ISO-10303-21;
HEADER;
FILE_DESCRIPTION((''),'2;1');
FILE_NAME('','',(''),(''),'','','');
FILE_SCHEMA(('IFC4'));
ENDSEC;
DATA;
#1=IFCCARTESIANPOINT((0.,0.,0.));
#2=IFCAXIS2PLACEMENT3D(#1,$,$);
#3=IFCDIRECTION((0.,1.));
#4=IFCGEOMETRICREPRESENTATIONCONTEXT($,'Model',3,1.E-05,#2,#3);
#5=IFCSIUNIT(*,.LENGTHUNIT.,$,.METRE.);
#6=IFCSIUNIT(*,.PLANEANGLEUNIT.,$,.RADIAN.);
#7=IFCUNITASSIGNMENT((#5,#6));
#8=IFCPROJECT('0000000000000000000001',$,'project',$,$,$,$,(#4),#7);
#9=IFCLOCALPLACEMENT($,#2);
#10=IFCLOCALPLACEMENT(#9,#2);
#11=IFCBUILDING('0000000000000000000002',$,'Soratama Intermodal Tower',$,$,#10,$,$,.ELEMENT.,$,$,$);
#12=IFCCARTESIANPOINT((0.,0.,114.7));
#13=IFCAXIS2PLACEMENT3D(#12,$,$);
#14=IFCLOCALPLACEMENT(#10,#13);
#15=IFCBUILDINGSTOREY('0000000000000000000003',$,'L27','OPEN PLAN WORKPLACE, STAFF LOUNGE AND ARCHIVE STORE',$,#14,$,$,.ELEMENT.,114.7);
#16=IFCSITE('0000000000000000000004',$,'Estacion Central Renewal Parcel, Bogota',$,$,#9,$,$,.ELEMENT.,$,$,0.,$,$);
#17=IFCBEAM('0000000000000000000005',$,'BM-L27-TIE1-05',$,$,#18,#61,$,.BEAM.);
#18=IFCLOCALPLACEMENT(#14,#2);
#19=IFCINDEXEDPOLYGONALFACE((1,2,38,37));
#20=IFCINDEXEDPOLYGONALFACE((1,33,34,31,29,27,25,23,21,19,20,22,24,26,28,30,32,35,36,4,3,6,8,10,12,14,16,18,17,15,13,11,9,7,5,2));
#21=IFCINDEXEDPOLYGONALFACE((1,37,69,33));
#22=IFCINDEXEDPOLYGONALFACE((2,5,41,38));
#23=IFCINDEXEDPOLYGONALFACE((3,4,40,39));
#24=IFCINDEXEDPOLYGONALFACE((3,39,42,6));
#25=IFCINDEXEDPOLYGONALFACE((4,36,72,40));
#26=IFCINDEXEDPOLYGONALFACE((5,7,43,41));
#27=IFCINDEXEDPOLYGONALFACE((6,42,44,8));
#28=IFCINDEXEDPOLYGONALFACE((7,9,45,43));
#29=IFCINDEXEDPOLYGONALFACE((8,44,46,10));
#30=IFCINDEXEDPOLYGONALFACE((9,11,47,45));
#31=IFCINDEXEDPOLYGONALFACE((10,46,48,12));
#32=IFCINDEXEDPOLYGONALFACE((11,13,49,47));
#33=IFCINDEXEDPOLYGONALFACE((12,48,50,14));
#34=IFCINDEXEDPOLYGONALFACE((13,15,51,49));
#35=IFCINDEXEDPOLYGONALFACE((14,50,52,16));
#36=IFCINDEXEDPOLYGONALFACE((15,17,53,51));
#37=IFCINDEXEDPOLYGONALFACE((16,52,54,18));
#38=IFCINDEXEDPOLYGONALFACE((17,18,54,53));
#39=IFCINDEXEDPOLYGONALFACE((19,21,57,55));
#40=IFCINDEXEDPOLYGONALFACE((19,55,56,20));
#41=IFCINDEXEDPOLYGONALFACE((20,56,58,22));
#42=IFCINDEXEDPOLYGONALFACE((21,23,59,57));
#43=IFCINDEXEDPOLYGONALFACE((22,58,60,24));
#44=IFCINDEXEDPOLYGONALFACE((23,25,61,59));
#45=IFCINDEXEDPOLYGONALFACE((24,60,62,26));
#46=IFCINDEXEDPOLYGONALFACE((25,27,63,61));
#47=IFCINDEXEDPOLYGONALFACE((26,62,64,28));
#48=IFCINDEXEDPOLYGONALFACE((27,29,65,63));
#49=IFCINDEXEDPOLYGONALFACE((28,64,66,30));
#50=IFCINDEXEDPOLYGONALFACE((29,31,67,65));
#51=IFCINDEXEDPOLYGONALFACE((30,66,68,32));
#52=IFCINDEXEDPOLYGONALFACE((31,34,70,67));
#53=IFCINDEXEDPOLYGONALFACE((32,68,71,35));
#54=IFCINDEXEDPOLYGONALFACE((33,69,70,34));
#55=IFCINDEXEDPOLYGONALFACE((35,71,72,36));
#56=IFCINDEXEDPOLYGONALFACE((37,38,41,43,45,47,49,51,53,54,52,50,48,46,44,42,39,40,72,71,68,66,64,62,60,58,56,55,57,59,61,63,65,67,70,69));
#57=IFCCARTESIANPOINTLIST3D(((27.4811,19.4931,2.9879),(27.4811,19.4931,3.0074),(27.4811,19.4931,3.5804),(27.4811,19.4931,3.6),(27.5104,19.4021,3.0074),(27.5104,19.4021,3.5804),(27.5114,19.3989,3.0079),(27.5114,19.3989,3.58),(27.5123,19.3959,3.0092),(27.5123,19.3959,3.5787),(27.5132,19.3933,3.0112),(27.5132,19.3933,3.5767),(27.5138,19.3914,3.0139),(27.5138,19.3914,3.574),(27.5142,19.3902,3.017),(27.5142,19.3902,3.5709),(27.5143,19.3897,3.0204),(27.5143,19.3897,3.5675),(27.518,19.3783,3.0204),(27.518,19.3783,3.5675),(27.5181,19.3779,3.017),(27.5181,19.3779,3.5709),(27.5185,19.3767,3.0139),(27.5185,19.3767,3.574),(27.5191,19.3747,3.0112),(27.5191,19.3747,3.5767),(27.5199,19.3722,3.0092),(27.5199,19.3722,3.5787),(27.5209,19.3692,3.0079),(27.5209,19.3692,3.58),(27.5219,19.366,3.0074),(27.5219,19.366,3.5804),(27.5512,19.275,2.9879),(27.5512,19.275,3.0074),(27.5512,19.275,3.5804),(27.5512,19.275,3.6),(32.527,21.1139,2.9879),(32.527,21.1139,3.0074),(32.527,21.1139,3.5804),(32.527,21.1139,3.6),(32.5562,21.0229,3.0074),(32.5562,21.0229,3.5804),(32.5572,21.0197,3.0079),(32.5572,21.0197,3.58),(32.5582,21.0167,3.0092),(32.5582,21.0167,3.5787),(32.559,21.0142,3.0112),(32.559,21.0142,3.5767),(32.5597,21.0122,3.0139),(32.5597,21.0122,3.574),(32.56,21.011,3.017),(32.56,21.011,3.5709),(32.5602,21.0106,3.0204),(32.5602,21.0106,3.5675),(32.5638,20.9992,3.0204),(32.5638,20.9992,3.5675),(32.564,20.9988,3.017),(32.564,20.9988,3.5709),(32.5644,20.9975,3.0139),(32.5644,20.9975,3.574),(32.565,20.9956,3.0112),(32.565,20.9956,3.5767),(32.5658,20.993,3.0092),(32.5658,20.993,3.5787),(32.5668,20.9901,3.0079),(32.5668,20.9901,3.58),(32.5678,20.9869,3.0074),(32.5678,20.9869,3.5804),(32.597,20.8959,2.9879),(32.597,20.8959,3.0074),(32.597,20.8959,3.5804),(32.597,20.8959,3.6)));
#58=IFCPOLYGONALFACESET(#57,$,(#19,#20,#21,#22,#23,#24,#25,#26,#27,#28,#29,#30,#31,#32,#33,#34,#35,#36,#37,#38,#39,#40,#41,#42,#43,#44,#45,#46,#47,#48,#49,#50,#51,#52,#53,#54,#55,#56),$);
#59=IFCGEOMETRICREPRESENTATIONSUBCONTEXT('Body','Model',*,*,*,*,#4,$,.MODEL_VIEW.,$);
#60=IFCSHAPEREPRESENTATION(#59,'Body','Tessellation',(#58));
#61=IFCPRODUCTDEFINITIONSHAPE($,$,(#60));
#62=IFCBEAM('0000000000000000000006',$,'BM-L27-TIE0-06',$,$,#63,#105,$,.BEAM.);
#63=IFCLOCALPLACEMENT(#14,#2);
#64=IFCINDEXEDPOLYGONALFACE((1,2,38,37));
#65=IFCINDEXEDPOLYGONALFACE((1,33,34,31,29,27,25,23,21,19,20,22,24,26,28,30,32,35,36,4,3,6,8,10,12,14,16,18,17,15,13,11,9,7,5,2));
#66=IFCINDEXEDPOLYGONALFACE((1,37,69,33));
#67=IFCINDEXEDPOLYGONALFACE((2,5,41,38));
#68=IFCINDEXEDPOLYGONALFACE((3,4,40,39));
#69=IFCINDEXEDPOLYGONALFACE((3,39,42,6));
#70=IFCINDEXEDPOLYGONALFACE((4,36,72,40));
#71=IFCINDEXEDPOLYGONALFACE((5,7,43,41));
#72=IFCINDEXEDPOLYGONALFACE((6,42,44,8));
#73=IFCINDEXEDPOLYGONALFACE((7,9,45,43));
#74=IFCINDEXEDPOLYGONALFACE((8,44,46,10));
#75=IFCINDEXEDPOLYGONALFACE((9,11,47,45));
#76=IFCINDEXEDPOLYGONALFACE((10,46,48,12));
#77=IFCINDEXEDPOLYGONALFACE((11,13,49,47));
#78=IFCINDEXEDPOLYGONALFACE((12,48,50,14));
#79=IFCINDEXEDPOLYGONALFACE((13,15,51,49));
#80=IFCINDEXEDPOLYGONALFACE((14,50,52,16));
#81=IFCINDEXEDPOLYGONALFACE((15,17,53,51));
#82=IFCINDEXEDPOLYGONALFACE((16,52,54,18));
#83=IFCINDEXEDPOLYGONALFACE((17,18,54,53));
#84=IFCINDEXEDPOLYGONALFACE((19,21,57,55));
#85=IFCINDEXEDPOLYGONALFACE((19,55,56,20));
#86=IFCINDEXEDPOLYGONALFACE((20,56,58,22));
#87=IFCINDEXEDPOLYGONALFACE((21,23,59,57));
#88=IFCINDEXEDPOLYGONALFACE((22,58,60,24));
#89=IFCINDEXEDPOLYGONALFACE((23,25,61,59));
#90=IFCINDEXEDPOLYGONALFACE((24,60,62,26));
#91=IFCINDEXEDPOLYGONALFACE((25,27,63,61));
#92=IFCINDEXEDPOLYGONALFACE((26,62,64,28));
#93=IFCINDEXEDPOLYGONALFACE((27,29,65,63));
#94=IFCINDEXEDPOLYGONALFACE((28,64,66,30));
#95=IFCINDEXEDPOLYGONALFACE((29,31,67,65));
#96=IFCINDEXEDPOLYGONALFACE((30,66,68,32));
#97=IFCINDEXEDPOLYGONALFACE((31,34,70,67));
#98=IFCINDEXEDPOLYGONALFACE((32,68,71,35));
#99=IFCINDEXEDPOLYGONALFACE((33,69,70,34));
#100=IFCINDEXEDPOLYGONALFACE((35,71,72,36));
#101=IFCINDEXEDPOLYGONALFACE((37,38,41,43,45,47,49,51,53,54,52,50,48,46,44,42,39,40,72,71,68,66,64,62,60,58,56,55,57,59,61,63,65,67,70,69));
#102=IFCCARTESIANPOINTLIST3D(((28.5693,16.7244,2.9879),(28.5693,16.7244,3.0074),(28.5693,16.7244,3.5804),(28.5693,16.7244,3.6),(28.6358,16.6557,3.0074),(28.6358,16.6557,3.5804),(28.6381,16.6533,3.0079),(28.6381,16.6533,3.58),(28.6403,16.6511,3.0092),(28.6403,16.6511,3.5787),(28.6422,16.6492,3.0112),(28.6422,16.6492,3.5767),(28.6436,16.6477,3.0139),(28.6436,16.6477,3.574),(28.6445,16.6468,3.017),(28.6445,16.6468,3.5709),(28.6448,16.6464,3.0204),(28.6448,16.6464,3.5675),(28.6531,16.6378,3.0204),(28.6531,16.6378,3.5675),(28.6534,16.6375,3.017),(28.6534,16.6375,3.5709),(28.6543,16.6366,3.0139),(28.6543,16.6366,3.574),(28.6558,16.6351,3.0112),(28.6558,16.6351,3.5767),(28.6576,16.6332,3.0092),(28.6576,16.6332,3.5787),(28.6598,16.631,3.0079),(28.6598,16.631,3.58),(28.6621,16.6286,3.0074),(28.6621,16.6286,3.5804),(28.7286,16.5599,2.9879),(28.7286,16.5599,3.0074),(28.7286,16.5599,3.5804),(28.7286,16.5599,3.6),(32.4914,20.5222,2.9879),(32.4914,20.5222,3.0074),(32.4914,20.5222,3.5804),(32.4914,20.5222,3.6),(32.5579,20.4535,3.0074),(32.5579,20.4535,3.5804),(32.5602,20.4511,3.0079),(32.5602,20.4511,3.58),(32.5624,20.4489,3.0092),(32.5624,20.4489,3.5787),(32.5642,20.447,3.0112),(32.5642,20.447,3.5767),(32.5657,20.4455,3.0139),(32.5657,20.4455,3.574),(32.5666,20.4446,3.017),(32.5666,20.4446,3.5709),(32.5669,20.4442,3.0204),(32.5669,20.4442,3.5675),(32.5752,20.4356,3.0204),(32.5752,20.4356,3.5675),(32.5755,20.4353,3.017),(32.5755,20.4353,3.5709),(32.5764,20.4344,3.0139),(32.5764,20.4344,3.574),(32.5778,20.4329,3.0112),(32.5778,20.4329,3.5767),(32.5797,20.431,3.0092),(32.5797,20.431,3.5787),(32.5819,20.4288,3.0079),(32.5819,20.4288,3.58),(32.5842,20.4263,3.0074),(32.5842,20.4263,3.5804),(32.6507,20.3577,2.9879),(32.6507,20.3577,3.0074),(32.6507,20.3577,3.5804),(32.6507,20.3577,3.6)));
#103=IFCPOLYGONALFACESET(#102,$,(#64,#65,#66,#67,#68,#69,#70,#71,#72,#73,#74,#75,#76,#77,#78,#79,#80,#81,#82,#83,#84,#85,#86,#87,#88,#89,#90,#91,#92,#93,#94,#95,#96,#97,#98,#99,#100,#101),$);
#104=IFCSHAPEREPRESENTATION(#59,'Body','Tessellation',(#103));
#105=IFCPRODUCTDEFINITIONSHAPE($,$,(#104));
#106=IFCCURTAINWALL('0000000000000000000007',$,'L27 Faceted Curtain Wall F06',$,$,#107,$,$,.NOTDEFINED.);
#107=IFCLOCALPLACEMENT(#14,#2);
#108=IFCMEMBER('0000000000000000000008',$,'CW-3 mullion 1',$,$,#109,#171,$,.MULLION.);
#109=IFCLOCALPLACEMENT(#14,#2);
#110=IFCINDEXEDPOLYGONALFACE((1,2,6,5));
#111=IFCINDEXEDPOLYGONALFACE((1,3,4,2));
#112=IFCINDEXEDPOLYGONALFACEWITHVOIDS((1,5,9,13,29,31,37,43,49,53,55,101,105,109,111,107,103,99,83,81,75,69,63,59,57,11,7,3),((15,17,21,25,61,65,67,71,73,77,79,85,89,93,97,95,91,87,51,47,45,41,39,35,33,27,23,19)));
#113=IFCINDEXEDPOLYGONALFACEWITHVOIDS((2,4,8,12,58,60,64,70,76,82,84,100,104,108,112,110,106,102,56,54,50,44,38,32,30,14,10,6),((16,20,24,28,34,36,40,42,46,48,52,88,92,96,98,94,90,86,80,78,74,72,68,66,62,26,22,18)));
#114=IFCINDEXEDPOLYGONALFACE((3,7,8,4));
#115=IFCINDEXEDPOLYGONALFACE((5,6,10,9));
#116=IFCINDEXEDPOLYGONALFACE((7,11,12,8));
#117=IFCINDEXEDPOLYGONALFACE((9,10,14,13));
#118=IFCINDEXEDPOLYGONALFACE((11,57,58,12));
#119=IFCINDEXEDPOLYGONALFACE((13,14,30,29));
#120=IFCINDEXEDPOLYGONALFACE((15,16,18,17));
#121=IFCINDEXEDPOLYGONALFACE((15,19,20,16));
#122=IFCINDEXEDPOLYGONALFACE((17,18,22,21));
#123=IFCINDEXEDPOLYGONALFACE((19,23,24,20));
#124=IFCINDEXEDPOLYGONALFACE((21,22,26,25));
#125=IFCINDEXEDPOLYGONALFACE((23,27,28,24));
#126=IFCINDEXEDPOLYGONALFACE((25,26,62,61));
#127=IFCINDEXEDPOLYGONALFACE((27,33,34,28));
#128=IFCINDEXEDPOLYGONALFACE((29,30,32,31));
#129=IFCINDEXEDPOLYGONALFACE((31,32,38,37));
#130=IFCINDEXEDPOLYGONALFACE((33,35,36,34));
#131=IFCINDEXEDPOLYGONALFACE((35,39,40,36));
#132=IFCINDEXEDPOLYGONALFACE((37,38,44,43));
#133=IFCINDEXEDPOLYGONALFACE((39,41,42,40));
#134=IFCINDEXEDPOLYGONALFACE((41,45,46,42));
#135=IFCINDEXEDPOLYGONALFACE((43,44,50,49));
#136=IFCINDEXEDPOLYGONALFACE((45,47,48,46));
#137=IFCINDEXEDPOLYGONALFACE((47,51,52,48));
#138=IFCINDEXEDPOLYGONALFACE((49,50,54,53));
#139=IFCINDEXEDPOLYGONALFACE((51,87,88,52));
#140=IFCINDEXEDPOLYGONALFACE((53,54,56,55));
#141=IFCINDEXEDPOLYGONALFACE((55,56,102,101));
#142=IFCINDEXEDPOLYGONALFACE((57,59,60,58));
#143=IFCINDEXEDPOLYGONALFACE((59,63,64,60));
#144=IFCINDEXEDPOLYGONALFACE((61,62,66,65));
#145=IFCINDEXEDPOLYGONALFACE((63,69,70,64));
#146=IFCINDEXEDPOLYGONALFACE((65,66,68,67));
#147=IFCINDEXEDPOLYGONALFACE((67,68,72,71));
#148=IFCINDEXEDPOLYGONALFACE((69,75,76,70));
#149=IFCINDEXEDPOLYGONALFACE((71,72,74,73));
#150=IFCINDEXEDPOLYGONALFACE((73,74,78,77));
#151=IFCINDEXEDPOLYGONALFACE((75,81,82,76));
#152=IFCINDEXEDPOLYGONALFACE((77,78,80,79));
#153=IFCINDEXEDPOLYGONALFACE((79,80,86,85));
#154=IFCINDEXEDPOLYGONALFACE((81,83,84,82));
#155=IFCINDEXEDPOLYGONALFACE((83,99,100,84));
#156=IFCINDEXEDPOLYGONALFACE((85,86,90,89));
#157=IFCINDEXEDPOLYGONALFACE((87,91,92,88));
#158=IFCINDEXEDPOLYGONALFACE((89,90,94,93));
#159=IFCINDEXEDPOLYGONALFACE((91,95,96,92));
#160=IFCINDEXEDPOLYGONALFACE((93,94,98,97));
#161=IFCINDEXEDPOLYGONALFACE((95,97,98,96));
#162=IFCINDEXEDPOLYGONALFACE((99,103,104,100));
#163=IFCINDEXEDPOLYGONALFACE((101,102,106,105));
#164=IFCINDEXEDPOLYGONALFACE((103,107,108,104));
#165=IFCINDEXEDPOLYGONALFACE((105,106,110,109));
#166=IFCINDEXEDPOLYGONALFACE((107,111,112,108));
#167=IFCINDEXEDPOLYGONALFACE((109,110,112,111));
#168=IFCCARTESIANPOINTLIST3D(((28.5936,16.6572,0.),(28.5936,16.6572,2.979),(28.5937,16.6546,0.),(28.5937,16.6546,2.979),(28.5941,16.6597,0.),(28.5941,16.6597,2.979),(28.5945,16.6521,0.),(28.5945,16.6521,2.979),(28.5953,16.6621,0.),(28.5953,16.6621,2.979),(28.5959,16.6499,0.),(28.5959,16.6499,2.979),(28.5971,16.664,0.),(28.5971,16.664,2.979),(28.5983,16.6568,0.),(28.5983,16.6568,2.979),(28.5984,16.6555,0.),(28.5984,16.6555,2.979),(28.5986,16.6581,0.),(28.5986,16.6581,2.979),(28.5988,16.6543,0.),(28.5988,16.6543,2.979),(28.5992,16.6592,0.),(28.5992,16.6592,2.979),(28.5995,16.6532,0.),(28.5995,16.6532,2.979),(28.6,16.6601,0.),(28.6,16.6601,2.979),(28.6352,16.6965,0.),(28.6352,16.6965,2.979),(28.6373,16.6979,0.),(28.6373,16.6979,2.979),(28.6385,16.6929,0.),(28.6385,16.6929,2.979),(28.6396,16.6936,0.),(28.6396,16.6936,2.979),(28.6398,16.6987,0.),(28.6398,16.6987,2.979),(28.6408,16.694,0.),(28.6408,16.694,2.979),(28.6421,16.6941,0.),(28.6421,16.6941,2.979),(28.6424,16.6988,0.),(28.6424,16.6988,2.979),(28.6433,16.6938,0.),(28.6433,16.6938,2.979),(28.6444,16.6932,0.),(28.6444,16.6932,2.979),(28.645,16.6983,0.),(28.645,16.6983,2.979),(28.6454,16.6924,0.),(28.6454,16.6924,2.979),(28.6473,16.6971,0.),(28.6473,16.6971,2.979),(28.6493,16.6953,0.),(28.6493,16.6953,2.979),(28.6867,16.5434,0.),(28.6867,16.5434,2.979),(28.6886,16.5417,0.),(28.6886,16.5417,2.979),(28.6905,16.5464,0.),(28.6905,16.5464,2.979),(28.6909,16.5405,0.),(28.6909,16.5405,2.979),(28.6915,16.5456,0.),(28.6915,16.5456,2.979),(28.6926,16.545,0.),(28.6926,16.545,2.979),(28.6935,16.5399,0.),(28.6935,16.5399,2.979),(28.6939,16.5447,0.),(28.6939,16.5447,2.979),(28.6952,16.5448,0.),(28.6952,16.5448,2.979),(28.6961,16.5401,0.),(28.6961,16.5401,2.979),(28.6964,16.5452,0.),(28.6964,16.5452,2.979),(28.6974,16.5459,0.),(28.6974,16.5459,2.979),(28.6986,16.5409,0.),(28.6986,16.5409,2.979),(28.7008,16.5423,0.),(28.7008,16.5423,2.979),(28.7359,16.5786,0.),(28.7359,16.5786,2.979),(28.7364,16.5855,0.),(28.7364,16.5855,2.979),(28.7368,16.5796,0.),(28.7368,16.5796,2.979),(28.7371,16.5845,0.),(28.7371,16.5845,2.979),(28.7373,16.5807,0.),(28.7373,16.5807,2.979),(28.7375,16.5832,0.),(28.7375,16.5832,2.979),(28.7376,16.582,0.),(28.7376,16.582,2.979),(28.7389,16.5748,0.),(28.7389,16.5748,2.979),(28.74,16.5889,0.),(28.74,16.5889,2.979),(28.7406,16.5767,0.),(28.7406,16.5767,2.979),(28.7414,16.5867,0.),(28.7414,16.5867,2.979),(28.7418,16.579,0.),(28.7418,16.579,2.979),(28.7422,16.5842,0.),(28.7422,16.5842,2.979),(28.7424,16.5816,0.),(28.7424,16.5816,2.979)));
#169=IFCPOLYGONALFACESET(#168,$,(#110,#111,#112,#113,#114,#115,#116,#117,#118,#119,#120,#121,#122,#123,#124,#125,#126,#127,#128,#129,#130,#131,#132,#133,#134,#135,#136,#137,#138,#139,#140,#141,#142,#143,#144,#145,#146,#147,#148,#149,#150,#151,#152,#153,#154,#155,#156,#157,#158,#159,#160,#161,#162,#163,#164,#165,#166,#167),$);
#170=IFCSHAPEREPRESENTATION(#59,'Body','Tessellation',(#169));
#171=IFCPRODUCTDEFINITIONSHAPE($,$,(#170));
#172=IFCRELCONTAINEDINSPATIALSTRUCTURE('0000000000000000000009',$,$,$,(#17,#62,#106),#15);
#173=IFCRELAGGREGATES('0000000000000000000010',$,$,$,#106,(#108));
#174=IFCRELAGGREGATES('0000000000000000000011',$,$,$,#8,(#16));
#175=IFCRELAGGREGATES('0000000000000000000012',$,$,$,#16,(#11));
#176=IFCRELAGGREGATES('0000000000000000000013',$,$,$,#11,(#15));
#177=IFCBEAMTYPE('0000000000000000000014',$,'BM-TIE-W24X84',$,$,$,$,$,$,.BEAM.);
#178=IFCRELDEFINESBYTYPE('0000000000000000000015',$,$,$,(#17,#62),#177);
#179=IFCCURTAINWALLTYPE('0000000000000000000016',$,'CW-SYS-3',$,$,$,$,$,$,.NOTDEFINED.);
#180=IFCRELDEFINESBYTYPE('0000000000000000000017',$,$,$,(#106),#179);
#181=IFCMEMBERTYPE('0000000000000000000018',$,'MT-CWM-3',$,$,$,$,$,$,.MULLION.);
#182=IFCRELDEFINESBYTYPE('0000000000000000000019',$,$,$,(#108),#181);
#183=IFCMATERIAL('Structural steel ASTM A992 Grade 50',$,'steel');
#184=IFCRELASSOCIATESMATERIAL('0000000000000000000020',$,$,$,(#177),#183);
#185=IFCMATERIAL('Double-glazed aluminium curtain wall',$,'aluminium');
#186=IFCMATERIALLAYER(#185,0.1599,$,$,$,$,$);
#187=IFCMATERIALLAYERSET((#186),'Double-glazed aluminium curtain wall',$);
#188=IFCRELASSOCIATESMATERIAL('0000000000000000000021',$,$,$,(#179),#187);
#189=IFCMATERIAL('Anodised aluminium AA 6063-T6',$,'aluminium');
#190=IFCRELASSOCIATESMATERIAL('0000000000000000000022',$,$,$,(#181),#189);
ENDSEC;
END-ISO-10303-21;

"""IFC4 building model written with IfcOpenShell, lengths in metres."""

from ifc_helpers import new_model, si_unit, direction, frame, origin, origin_2d, place, context, subcontext, project, spatial, hollow_rectangle, i_section, extrude, material, layer, layer_set, material_profile, profile_set, type_object, element, aggregate, save


model = new_model("IFC4")

# Units and contexts
model_context = context("Model", 3, precision=1e-05, world=origin(), true_north=direction((0.0, 1.0)))
body_context = subcontext(model_context, "Body", "Model", "MODEL_VIEW")
ifc_project = project(units=[si_unit("LENGTHUNIT", "METRE"), si_unit("PLANEANGLEUNIT", "RADIAN")], contexts=[model_context])

# Site, building, storey
site_placement = place(None, origin())
site = spatial("IfcSite", under=ifc_project, at=site_placement, Name="Estacion Central Renewal Parcel, Bogota", CompositionType="ELEMENT", RefElevation=0.0)
building_placement = place(site_placement, origin())
building = spatial("IfcBuilding", under=site, at=building_placement, Name="Soratama Intermodal Tower", CompositionType="ELEMENT")
storey_placement = place(building_placement, frame((0.0, 0.0, 114.7)))
storey = spatial("IfcBuildingStorey", under=building, at=storey_placement, Name="L27", Description="OPEN PLAN WORKPLACE, STAFF LOUNGE AND ARCHIVE STORE", CompositionType="ELEMENT", Elevation=114.7)

# Beams
ifc_material_1 = material(Name="Structural steel ASTM A992 Grade 50", Category="steel")
ifc_material_profile_1 = material_profile(ifc_material_1, i_section(OverallWidth=0.229, OverallDepth=0.6121, WebThickness=0.012, FlangeThickness=0.0195, FilletRadius=0.0129, at=origin_2d()), Name="W24X84")
ifc_profile_set_1 = profile_set([ifc_material_profile_1], Name="Structural steel ASTM A992 Grade 50")
beam_type_1 = type_object("IfcBeamType", Name="BM-TIE-W24X84", PredefinedType="BEAM", material=ifc_profile_set_1)
beam_1_placement = place(storey_placement, frame((32.562, 21.0049, 3.2939), z_axis=(-0.952086, -0.30583, 0.0), x_axis=(0.30583, -0.952086, 0.0)))
element("IfcBeam", 1, at=beam_1_placement, inside=storey, type_object=beam_type_1, Name="BM-L27-TIE1-05", PredefinedType="BEAM", context=body_context, shape_type="SweptSolid", body=[
    extrude(i_section(OverallWidth=0.229, OverallDepth=0.6121, WebThickness=0.012, FlangeThickness=0.0195, FilletRadius=0.0129, at=origin_2d()), origin(), (0.0, 0.0, 1.0), 5.2998),
])
beam_2_placement = place(storey_placement, frame((32.571, 20.4399, 3.2939), z_axis=(-0.718396, -0.695634, 0.0), x_axis=(0.695634, -0.718396, 0.0)))
element("IfcBeam", 2, at=beam_2_placement, inside=storey, type_object=beam_type_1, Name="BM-L27-TIE0-06", PredefinedType="BEAM", context=body_context, shape_type="SweptSolid", body=[
    extrude(i_section(OverallWidth=0.229, OverallDepth=0.6121, WebThickness=0.012, FlangeThickness=0.0195, FilletRadius=0.0129, at=origin_2d()), origin(), (0.0, 0.0, 1.0), 5.4595),
])

# Curtain wall, member
ifc_material_2 = material(Name="Double-glazed aluminium curtain wall", Category="aluminium")
ifc_layer_1 = layer(ifc_material_2, 0.1599)
ifc_layer_set_1 = layer_set([ifc_layer_1], Name="Double-glazed aluminium curtain wall")
curtain_wall_type = type_object("IfcCurtainWallType", Name="CW-SYS-3", PredefinedType="NOTDEFINED", material=ifc_layer_set_1)
curtain_wall_placement = place(storey_placement, origin())
curtain_wall = element("IfcCurtainWall", 3, at=curtain_wall_placement, inside=storey, type_object=curtain_wall_type, Name="L27 Faceted Curtain Wall F06", PredefinedType="NOTDEFINED")
ifc_material_3 = material(Name="Anodised aluminium AA 6063-T6", Category="aluminium")
ifc_material_profile_2 = material_profile(ifc_material_3, hollow_rectangle(XDim=0.0701, YDim=0.1599, WallThickness=0.0049, InnerFilletRadius=0.0049, OuterFilletRadius=0.01, at=origin_2d()), Name="CWM160X70X5")
ifc_profile_set_2 = profile_set([ifc_material_profile_2], Name="Anodised aluminium AA 6063-T6")
member_type_1 = type_object("IfcMemberType", Name="MT-CWM-3", PredefinedType="MULLION", material=ifc_profile_set_2)
member_1_placement = place(storey_placement, frame((28.668, 16.6194, 0.0), z_axis=(0.0, 0.0, 1.0), x_axis=(0.761088, 0.648649, 0.0)))
member_1 = element("IfcMember", 4, at=member_1_placement, type_object=member_type_1, Name="CW-3 mullion 1", PredefinedType="MULLION", context=body_context, shape_type="SweptSolid", body=[
    extrude(hollow_rectangle(XDim=0.0701, YDim=0.1599, WallThickness=0.0049, InnerFilletRadius=0.0049, OuterFilletRadius=0.01, at=origin_2d()), origin(), (0.0, 0.0, 1.0), 2.979),
])
aggregate(curtain_wall, [member_1])

save(model, "model.ifc")
